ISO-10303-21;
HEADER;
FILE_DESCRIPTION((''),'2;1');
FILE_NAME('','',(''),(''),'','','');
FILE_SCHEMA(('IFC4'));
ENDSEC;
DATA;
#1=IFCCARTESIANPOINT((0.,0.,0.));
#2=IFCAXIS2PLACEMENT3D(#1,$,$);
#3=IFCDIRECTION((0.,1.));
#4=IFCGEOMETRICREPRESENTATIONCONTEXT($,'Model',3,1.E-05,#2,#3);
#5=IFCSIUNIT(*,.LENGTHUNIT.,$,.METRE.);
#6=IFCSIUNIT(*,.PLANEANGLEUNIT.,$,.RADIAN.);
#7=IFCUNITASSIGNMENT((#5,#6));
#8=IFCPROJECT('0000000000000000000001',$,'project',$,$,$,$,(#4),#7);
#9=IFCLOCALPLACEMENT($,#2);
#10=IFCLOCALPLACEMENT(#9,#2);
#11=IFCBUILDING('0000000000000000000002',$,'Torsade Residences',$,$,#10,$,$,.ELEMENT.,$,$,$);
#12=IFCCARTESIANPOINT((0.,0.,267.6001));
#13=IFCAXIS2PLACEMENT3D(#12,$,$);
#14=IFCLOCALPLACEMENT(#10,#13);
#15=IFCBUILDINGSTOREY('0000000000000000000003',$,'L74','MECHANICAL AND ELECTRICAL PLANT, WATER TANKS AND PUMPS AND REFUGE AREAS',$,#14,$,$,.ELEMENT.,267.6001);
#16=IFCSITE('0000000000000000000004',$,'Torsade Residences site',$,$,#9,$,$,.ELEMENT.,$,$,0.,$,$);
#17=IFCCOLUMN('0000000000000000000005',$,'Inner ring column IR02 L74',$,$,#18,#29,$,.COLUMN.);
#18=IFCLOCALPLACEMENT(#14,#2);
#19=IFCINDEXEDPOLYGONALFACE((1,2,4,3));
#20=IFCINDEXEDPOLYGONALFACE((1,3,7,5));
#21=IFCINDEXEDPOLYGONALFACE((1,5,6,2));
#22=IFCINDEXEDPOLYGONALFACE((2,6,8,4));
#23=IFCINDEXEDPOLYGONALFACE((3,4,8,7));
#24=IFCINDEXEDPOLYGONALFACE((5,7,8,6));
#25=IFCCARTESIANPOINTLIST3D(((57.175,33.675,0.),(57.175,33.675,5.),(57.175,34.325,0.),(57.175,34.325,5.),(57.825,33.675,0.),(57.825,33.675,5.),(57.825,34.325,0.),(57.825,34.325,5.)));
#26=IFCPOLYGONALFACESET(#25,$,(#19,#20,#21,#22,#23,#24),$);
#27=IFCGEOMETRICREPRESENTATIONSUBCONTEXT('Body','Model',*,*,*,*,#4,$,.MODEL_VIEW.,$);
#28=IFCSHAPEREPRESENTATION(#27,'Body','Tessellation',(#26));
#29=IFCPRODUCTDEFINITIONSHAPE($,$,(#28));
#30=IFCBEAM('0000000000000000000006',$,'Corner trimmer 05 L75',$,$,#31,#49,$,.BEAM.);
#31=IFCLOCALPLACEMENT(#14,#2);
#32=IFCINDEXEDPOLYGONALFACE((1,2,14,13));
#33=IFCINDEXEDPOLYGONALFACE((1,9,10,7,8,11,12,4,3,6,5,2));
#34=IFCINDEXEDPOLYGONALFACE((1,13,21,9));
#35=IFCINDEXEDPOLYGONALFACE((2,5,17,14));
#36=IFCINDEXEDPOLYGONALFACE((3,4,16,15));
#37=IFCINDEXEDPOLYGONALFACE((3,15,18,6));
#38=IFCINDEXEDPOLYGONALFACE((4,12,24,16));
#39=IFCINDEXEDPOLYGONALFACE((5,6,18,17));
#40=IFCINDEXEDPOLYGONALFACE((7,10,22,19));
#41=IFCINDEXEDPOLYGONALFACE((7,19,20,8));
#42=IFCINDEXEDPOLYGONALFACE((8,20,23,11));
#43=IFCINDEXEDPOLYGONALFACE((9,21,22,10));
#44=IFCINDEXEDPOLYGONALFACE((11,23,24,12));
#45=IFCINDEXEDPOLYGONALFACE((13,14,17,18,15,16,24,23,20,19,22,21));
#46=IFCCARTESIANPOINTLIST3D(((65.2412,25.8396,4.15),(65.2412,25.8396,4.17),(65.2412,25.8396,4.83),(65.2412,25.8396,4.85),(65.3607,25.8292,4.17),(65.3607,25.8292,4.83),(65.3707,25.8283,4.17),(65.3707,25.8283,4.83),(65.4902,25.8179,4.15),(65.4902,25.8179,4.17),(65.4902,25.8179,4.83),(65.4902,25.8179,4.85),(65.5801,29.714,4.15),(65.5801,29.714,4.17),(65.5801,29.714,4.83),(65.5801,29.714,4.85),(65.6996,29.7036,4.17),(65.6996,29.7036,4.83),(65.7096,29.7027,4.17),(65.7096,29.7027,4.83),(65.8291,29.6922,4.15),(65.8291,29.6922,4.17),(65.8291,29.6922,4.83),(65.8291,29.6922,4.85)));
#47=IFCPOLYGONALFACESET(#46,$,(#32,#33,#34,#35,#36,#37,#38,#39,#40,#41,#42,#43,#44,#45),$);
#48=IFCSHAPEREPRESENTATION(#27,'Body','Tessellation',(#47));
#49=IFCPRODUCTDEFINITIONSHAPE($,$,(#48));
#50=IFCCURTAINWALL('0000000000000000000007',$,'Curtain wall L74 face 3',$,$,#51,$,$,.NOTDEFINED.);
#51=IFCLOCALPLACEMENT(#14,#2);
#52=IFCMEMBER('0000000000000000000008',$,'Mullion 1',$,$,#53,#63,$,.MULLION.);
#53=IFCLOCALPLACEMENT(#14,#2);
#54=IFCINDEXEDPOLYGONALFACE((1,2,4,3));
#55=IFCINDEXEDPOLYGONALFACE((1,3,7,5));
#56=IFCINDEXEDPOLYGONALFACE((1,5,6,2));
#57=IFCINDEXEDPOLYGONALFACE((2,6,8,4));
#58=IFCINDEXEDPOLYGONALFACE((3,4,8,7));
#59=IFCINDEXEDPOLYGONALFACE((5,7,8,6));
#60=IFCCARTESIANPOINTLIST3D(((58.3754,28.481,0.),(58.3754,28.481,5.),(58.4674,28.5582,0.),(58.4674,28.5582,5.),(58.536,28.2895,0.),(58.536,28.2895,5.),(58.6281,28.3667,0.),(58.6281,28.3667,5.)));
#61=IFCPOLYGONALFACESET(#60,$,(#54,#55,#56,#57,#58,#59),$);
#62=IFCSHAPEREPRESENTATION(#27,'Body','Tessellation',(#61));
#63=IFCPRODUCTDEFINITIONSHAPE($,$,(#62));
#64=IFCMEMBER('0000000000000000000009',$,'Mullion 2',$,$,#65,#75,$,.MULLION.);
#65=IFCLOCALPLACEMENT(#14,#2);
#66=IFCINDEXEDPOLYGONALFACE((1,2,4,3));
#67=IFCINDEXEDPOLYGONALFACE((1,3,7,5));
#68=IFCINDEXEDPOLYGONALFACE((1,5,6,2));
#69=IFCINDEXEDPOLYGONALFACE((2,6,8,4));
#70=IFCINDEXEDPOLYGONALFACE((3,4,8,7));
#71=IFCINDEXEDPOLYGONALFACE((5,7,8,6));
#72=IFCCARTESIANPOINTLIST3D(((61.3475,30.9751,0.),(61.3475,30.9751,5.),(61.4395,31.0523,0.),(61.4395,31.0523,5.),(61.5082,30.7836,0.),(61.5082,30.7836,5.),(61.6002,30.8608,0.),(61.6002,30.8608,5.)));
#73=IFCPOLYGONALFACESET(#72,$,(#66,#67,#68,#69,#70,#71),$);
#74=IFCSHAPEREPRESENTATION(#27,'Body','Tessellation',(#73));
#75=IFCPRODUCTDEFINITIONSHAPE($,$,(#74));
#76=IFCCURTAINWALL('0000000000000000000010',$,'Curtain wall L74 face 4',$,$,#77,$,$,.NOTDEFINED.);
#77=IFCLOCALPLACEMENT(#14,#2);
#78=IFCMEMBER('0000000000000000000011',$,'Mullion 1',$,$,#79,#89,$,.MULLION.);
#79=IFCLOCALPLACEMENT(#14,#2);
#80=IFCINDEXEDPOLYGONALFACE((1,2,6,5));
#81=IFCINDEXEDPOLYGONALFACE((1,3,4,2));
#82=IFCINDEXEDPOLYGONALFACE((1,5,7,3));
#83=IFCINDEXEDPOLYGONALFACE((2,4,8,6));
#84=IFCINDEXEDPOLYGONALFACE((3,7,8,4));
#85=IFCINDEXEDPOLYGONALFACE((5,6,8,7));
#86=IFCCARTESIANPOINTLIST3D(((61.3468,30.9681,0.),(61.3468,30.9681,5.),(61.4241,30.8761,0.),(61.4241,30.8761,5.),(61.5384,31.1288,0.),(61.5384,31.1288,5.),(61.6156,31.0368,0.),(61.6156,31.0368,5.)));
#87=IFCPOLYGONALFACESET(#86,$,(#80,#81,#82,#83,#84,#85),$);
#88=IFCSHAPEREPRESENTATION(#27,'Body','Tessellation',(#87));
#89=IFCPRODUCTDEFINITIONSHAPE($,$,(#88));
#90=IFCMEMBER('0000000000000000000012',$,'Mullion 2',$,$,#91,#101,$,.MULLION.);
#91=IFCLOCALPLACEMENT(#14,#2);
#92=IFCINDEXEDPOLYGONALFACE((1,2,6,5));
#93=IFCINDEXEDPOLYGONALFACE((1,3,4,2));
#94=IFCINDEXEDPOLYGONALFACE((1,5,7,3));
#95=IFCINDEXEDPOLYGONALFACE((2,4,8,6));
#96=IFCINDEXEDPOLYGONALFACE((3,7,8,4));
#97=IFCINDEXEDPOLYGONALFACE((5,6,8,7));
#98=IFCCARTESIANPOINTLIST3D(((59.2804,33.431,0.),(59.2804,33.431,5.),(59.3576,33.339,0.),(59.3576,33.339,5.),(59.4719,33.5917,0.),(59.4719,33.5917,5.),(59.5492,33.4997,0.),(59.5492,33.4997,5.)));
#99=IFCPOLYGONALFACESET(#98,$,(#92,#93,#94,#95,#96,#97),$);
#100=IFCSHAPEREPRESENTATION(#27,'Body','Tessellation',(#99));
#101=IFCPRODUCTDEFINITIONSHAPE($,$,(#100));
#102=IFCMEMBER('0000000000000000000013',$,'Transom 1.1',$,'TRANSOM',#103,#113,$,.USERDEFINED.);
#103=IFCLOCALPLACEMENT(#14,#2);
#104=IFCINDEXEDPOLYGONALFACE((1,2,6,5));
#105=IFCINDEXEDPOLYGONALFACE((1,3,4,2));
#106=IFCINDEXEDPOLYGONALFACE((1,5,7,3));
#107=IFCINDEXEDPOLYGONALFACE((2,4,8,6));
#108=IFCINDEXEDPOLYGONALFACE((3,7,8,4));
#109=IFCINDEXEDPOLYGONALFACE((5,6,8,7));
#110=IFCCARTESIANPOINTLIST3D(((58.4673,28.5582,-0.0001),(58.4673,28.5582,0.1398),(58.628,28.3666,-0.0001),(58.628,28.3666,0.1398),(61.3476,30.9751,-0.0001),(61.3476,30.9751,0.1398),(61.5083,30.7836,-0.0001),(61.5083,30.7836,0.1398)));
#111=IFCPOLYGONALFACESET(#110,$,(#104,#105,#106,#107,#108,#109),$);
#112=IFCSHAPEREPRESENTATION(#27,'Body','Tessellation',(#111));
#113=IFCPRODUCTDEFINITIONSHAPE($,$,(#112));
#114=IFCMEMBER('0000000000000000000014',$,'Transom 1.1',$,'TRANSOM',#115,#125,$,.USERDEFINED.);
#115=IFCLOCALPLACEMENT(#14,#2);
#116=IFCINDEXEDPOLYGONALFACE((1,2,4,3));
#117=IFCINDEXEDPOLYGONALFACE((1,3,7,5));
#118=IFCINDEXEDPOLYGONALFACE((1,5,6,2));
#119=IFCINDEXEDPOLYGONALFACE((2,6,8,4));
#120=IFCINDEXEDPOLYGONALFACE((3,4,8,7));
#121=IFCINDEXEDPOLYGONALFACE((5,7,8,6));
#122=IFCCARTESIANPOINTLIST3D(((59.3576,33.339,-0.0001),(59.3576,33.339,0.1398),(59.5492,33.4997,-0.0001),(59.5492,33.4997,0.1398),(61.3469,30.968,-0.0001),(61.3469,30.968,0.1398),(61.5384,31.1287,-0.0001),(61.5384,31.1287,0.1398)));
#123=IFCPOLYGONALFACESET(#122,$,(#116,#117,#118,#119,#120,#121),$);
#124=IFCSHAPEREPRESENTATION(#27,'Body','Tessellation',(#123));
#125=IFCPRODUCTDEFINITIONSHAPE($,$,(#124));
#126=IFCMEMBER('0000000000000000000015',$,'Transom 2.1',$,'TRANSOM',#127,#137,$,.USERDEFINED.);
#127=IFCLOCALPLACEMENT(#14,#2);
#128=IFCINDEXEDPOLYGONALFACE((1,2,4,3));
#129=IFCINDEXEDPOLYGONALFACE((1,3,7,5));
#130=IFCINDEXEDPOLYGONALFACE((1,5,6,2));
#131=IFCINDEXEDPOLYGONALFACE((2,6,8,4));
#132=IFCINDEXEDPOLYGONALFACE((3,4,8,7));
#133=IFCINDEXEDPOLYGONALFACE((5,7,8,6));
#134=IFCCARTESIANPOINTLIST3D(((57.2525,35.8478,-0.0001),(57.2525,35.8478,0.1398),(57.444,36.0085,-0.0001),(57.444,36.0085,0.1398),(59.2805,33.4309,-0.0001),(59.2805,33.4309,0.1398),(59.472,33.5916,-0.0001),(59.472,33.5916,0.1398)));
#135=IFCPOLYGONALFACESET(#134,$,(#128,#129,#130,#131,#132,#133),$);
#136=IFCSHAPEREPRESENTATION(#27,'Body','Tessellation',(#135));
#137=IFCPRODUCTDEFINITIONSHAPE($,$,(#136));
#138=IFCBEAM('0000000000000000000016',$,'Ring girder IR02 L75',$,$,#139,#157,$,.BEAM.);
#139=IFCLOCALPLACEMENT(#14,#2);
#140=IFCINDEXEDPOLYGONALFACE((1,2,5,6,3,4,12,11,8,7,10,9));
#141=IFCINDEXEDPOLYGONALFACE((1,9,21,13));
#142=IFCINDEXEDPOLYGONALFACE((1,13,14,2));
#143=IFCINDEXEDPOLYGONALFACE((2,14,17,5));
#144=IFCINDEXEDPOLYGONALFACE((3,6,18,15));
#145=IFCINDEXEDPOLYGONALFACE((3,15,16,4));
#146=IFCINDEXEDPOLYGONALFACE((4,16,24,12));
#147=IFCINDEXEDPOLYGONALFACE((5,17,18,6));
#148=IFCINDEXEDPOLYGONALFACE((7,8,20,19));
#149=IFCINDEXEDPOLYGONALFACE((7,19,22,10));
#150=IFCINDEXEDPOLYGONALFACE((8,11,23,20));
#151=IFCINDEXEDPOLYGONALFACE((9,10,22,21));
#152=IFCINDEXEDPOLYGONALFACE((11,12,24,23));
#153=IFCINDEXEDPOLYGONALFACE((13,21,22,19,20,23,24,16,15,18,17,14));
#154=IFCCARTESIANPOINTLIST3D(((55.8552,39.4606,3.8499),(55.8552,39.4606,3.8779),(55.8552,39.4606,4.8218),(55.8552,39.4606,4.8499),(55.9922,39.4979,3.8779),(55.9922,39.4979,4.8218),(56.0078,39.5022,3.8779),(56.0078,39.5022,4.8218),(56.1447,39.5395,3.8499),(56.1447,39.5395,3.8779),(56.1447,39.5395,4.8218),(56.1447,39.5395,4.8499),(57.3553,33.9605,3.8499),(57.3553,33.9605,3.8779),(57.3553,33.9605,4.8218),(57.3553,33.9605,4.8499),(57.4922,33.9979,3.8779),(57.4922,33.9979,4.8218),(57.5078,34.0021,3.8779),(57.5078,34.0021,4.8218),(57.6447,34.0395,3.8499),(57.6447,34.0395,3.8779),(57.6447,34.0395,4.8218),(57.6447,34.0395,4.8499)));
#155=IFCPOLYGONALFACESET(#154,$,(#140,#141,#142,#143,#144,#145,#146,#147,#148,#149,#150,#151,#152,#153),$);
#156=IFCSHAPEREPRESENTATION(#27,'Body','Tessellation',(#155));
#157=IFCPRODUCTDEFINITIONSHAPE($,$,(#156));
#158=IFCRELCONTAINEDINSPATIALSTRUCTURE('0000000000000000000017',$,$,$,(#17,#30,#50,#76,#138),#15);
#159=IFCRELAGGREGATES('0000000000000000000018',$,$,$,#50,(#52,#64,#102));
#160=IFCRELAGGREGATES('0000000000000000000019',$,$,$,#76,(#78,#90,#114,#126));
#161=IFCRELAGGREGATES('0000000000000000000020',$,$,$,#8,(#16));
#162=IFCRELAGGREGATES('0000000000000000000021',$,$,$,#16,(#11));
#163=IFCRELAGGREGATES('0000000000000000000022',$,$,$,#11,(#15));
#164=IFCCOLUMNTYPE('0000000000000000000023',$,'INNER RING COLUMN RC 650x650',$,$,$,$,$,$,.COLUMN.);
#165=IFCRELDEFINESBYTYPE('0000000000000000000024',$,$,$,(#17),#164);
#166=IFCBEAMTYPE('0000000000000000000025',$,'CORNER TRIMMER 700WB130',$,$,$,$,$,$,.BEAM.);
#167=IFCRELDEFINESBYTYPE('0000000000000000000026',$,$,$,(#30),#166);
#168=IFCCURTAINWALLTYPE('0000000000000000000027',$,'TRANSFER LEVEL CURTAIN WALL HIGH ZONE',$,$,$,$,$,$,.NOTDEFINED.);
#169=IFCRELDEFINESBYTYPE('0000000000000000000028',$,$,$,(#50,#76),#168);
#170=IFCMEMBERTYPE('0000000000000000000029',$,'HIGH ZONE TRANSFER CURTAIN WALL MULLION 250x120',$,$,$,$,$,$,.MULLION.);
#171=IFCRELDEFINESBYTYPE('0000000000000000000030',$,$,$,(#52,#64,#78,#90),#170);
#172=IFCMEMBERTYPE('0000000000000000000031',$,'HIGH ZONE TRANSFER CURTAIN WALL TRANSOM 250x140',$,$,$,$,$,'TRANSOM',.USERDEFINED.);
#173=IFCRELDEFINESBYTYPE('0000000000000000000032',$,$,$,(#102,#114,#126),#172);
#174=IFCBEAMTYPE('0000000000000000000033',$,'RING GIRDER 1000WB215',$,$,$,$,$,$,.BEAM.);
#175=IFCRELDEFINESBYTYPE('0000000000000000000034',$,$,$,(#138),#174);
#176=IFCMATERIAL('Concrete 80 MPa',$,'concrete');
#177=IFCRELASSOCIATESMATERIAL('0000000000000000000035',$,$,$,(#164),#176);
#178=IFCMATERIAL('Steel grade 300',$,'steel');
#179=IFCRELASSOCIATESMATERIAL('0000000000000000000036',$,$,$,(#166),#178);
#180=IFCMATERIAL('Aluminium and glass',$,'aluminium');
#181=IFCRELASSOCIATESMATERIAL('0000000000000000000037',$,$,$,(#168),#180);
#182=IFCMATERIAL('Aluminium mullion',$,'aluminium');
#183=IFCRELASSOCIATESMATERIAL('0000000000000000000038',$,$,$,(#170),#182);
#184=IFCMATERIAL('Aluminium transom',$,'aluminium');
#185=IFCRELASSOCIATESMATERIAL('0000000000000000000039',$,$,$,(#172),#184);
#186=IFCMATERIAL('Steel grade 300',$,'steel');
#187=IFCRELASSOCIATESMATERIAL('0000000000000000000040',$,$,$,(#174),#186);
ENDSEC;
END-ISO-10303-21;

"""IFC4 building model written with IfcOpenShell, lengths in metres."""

from ifc_helpers import new_model, si_unit, direction, frame, origin, origin_2d, place, context, subcontext, project, spatial, rectangle, i_section, extrude, material, material_profile, profile_set, type_object, element, aggregate, save


model = new_model("IFC4")

# Units and contexts
model_context = context("Model", 3, precision=1e-05, world=origin(), true_north=direction((0.0, 1.0)))
body_context = subcontext(model_context, "Body", "Model", "MODEL_VIEW")
ifc_project = project(units=[si_unit("LENGTHUNIT", "METRE"), si_unit("PLANEANGLEUNIT", "RADIAN")], contexts=[model_context])

# Site, building, storey
site_placement = place(None, origin())
site = spatial("IfcSite", under=ifc_project, at=site_placement, Name="Torsade Residences site", CompositionType="ELEMENT", RefElevation=0.0)
building_placement = place(site_placement, origin())
building = spatial("IfcBuilding", under=site, at=building_placement, Name="Torsade Residences", CompositionType="ELEMENT")
storey_placement = place(building_placement, frame((0.0, 0.0, 267.6001)))
storey = spatial("IfcBuildingStorey", under=building, at=storey_placement, Name="L74", Description="MECHANICAL AND ELECTRICAL PLANT, WATER TANKS AND PUMPS AND REFUGE AREAS", CompositionType="ELEMENT", Elevation=267.6001)

# Column
ifc_material_1 = material(Name="Concrete 80 MPa", Category="concrete")
ifc_material_profile_1 = material_profile(ifc_material_1, rectangle(XDim=0.6499, YDim=0.6499, at=origin_2d()), Name="RC 650x650")
ifc_profile_set_1 = profile_set([ifc_material_profile_1], Name="Concrete 80 MPa")
column_type = type_object("IfcColumnType", Name="INNER RING COLUMN RC 650x650", PredefinedType="COLUMN", material=ifc_profile_set_1)
column_placement = place(storey_placement, frame((57.5, 34.0, 0.0), z_axis=(0.0, 0.0, 1.0), x_axis=(1.0, 0.0, 0.0)))
element("IfcColumn", 1, at=column_placement, inside=storey, type_object=column_type, Name="Inner ring column IR02 L74", PredefinedType="COLUMN", context=body_context, shape_type="SweptSolid", body=[
    extrude(rectangle(XDim=0.6499, YDim=0.6499, at=origin_2d()), origin(), (0.0, 0.0, 1.0), 5.0),
])

# Beam
ifc_material_2 = material(Name="Steel grade 300", Category="steel")
ifc_material_profile_2 = material_profile(ifc_material_2, i_section(OverallWidth=0.25, OverallDepth=0.7, WebThickness=0.01, FlangeThickness=0.02, at=origin_2d()), Name="700WB130")
ifc_profile_set_2 = profile_set([ifc_material_profile_2], Name="Steel grade 300")
beam_type_1 = type_object("IfcBeamType", Name="CORNER TRIMMER 700WB130", PredefinedType="BEAM", material=ifc_profile_set_2)
beam_1_placement = place(storey_placement, frame((65.7046, 29.7031, 4.5), z_axis=(-0.087133, -0.996197, 0.0), x_axis=(0.996197, -0.087133, 0.0)))
element("IfcBeam", 2, at=beam_1_placement, inside=storey, type_object=beam_type_1, Name="Corner trimmer 05 L75", PredefinedType="BEAM", context=body_context, shape_type="SweptSolid", body=[
    extrude(i_section(OverallWidth=0.25, OverallDepth=0.7, WebThickness=0.01, FlangeThickness=0.02, at=origin_2d()), origin(), (0.0, 0.0, 1.0), 3.8892),
])

# Curtain walls, members
ifc_material_3 = material(Name="Aluminium and glass", Category="aluminium")
curtain_wall_type = type_object("IfcCurtainWallType", Name="TRANSFER LEVEL CURTAIN WALL HIGH ZONE", PredefinedType="NOTDEFINED", material=ifc_material_3)
curtain_wall_1_placement = place(storey_placement, origin())
curtain_wall_1 = element("IfcCurtainWall", 3, at=curtain_wall_1_placement, inside=storey, type_object=curtain_wall_type, Name="Curtain wall L74 face 3", PredefinedType="NOTDEFINED")
ifc_material_4 = material(Name="Aluminium mullion", Category="aluminium")
ifc_material_profile_3 = material_profile(ifc_material_4, rectangle(XDim=0.25, YDim=0.1201, at=origin_2d()), Name="HIGH ZONE TRANSFER CURTAIN WALL MULLION 250x120")
ifc_profile_set_3 = profile_set([ifc_material_profile_3], Name="Aluminium mullion")
member_type_1 = type_object("IfcMemberType", Name="HIGH ZONE TRANSFER CURTAIN WALL MULLION 250x120", PredefinedType="MULLION", material=ifc_profile_set_3)
member_1_placement = place(storey_placement, frame((58.5017, 28.4238, 0.0), z_axis=(0.0, 0.0, 1.0), x_axis=(-0.642788, 0.766044, 0.0)))
member_1 = element("IfcMember", 4, at=member_1_placement, type_object=member_type_1, Name="Mullion 1", PredefinedType="MULLION", context=body_context, shape_type="SweptSolid", body=[
    extrude(rectangle(XDim=0.25, YDim=0.1201, at=origin_2d()), origin(), (0.0, 0.0, 1.0), 5.0),
])
member_2_placement = place(storey_placement, frame((61.4739, 30.918, 0.0), z_axis=(0.0, 0.0, 1.0), x_axis=(-0.642788, 0.766044, 0.0)))
member_2 = element("IfcMember", 5, at=member_2_placement, type_object=member_type_1, Name="Mullion 2", PredefinedType="MULLION", context=body_context, shape_type="SweptSolid", body=[
    extrude(rectangle(XDim=0.25, YDim=0.1201, at=origin_2d()), origin(), (0.0, 0.0, 1.0), 5.0),
])
curtain_wall_2_placement = place(storey_placement, origin())
curtain_wall_2 = element("IfcCurtainWall", 6, at=curtain_wall_2_placement, inside=storey, type_object=curtain_wall_type, Name="Curtain wall L74 face 4", PredefinedType="NOTDEFINED")
member_3_placement = place(storey_placement, frame((61.4812, 31.0024, 0.0), z_axis=(0.0, 0.0, 1.0), x_axis=(-0.766044, -0.642788, 0.0)))
member_3 = element("IfcMember", 7, at=member_3_placement, type_object=member_type_1, Name="Mullion 1", PredefinedType="MULLION", context=body_context, shape_type="SweptSolid", body=[
    extrude(rectangle(XDim=0.25, YDim=0.1201, at=origin_2d()), origin(), (0.0, 0.0, 1.0), 5.0),
])
member_4_placement = place(storey_placement, frame((59.4148, 33.4653, 0.0), z_axis=(0.0, 0.0, 1.0), x_axis=(-0.766044, -0.642788, 0.0)))
member_4 = element("IfcMember", 8, at=member_4_placement, type_object=member_type_1, Name="Mullion 2", PredefinedType="MULLION", context=body_context, shape_type="SweptSolid", body=[
    extrude(rectangle(XDim=0.25, YDim=0.1201, at=origin_2d()), origin(), (0.0, 0.0, 1.0), 5.0),
])

# Members
ifc_material_5 = material(Name="Aluminium transom", Category="aluminium")
ifc_material_profile_4 = material_profile(ifc_material_5, rectangle(XDim=0.25, YDim=0.1399, at=origin_2d()), Name="HIGH ZONE TRANSFER CURTAIN WALL TRANSOM 250x140")
ifc_profile_set_4 = profile_set([ifc_material_profile_4], Name="Aluminium transom")
member_type_2 = type_object("IfcMemberType", Name="HIGH ZONE TRANSFER CURTAIN WALL TRANSOM 250x140", ElementType="TRANSOM", PredefinedType="USERDEFINED", material=ifc_profile_set_4)
member_5_placement = place(storey_placement, frame((58.5476, 28.4624, 0.0698), z_axis=(0.766035, 0.642799, 0.0), x_axis=(-0.642799, 0.766035, 0.0)))
member_5 = element("IfcMember", 9, at=member_5_placement, type_object=member_type_2, Name="Transom 1.1", ObjectType="TRANSOM", PredefinedType="USERDEFINED", context=body_context, shape_type="SweptSolid", body=[
    extrude(rectangle(XDim=0.25, YDim=0.1399, at=origin_2d()), origin(), (0.0, 0.0, 1.0), 3.76),
])
member_6_placement = place(storey_placement, frame((61.4426, 31.0483, 0.0698), z_axis=(-0.642726, 0.766096, 0.0), x_axis=(-0.766096, -0.642726, 0.0)))
member_6 = element("IfcMember", 10, at=member_6_placement, type_object=member_type_2, Name="Transom 1.1", ObjectType="TRANSOM", PredefinedType="USERDEFINED", context=body_context, shape_type="SweptSolid", body=[
    extrude(rectangle(XDim=0.25, YDim=0.1399, at=origin_2d()), origin(), (0.0, 0.0, 1.0), 3.095),
])
member_7_placement = place(storey_placement, frame((59.3762, 33.5112, 0.0698), z_axis=(-0.642784, 0.766048, 0.0), x_axis=(-0.766048, -0.642784, 0.0)))
member_7 = element("IfcMember", 11, at=member_7_placement, type_object=member_type_2, Name="Transom 2.1", ObjectType="TRANSOM", PredefinedType="USERDEFINED", context=body_context, shape_type="SweptSolid", body=[
    extrude(rectangle(XDim=0.25, YDim=0.1399, at=origin_2d()), origin(), (0.0, 0.0, 1.0), 3.155),
])

# Beam
ifc_material_6 = material(Name="Steel grade 300", Category="steel")
ifc_material_profile_5 = material_profile(ifc_material_6, i_section(OverallWidth=0.3, OverallDepth=1.0, WebThickness=0.0161, FlangeThickness=0.0281, at=origin_2d()), Name="1000WB215")
ifc_profile_set_5 = profile_set([ifc_material_profile_5], Name="Steel grade 300")
beam_type_2 = type_object("IfcBeamType", Name="RING GIRDER 1000WB215", PredefinedType="BEAM", material=ifc_profile_set_5)
beam_2_placement = place(storey_placement, frame((57.5, 34.0, 4.3499), z_axis=(-0.263117, 0.964764, 0.0), x_axis=(-0.964764, -0.263117, 0.0)))
element("IfcBeam", 12, at=beam_2_placement, inside=storey, type_object=beam_type_2, Name="Ring girder IR02 L75", PredefinedType="BEAM", context=body_context, shape_type="SweptSolid", body=[
    extrude(i_section(OverallWidth=0.3, OverallDepth=1.0, WebThickness=0.0161, FlangeThickness=0.0281, at=origin_2d()), origin(), (0.0, 0.0, 1.0), 5.7009),
])

aggregate(curtain_wall_1, [member_1, member_2, member_5])
aggregate(curtain_wall_2, [member_3, member_4, member_6, member_7])

save(model, "model.ifc")
